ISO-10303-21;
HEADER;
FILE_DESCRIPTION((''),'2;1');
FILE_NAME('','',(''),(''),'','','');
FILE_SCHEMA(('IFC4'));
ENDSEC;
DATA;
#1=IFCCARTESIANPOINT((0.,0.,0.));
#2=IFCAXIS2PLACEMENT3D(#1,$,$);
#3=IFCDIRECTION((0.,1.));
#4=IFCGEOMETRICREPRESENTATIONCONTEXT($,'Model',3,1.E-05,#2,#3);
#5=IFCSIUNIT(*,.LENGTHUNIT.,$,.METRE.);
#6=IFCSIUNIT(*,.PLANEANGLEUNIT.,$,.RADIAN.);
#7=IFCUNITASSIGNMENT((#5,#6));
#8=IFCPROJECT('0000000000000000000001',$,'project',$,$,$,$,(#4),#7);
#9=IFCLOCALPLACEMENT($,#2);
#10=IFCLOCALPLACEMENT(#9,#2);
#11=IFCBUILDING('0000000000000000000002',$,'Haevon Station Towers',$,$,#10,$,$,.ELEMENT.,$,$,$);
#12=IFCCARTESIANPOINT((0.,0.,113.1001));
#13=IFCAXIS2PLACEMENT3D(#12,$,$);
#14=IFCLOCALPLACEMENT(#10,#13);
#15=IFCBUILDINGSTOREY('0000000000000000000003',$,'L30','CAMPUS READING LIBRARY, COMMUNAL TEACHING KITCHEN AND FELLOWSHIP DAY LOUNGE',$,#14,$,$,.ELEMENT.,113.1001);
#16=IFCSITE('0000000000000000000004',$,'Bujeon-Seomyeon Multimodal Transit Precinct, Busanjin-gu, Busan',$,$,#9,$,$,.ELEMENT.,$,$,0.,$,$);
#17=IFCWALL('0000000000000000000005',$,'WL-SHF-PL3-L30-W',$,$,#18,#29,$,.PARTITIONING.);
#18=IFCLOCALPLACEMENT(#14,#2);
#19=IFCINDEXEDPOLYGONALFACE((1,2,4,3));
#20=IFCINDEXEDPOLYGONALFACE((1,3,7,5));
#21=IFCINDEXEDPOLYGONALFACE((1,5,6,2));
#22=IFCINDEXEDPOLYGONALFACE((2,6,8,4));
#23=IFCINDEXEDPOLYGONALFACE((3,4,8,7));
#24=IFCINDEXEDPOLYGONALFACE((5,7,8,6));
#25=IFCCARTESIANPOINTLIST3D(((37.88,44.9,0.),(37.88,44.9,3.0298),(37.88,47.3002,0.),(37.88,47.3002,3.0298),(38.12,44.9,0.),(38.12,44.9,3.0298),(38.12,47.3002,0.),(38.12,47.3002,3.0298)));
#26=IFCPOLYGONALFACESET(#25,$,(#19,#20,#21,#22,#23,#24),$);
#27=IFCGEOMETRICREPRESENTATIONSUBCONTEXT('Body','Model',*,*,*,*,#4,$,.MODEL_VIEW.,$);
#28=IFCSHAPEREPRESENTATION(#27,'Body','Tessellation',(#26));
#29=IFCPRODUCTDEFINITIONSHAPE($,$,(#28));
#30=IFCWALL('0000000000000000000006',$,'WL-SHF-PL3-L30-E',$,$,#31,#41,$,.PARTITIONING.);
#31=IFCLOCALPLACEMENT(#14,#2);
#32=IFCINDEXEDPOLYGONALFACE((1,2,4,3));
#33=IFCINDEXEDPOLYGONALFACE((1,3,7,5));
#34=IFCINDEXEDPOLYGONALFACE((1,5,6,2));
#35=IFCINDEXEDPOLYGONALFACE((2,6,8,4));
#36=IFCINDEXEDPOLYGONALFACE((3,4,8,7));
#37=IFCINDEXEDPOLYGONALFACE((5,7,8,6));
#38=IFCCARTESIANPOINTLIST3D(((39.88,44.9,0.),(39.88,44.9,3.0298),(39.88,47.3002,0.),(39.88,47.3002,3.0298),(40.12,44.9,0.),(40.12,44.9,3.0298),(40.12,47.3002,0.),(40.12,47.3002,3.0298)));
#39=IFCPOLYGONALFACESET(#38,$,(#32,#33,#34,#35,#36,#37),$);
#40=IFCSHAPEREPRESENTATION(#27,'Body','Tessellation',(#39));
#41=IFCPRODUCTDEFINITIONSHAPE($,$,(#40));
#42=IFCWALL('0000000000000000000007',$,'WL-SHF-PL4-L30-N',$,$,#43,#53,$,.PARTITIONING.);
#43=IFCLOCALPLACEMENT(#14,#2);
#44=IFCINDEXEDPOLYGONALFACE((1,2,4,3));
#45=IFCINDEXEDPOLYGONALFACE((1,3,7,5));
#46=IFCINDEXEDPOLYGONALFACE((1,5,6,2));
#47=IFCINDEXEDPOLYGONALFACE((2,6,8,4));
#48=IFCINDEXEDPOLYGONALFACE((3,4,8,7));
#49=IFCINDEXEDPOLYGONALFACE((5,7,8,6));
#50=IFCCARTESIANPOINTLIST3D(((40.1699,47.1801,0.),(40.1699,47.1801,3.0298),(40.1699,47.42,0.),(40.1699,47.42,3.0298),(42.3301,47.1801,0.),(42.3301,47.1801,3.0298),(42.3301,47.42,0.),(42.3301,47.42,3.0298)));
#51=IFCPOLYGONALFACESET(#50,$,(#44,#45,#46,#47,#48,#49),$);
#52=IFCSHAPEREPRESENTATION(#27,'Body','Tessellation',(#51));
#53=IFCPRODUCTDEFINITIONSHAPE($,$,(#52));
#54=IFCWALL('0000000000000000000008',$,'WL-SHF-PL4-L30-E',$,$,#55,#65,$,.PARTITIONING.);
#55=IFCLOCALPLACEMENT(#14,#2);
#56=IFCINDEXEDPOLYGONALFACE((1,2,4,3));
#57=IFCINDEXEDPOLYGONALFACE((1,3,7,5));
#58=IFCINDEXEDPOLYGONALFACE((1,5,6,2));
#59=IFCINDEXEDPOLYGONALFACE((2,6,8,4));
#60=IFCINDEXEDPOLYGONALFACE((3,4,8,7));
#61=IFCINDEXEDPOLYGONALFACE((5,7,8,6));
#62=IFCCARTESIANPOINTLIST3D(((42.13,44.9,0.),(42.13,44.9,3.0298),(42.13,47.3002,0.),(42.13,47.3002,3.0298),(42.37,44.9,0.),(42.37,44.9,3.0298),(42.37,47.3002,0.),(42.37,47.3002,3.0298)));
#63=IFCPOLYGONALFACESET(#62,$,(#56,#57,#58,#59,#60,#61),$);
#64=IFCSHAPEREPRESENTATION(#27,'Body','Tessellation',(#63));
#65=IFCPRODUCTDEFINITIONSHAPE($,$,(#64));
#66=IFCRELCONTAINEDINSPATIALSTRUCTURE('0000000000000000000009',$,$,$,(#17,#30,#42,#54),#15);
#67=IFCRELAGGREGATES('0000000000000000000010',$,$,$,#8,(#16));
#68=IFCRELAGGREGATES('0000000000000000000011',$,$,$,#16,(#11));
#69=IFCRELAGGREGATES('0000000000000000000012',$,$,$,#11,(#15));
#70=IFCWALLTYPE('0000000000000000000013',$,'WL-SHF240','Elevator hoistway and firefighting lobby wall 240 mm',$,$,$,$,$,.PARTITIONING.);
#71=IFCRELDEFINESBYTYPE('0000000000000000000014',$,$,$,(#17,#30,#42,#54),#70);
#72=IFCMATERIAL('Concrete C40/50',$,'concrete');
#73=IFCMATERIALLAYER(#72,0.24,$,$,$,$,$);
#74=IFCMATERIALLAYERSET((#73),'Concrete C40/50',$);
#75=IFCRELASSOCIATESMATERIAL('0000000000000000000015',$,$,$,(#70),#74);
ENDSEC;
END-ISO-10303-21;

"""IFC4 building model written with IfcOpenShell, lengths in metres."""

from ifc_helpers import new_model, si_unit, direction, frame, frame_2d, origin, place, context, subcontext, project, spatial, rectangle, extrude, material, layer, layer_set, type_object, element, save


model = new_model("IFC4")

# Units and contexts
model_context = context("Model", 3, precision=1e-05, world=origin(), true_north=direction((0.0, 1.0)))
body_context = subcontext(model_context, "Body", "Model", "MODEL_VIEW")
ifc_project = project(units=[si_unit("LENGTHUNIT", "METRE"), si_unit("PLANEANGLEUNIT", "RADIAN")], contexts=[model_context])

# Site, building, storey
site_placement = place(None, origin())
site = spatial("IfcSite", under=ifc_project, at=site_placement, Name="Bujeon-Seomyeon Multimodal Transit Precinct, Busanjin-gu, Busan", CompositionType="ELEMENT", RefElevation=0.0)
building_placement = place(site_placement, origin())
building = spatial("IfcBuilding", under=site, at=building_placement, Name="Haevon Station Towers", CompositionType="ELEMENT")
storey_placement = place(building_placement, frame((0.0, 0.0, 113.1001)))
storey = spatial("IfcBuildingStorey", under=building, at=storey_placement, Name="L30", Description="CAMPUS READING LIBRARY, COMMUNAL TEACHING KITCHEN AND FELLOWSHIP DAY LOUNGE", CompositionType="ELEMENT", Elevation=113.1001)

# Shared definitions
ifc_material_1 = material(Name="Concrete C40/50", Category="concrete")
ifc_layer_1 = layer(ifc_material_1, 0.24)
ifc_layer_set_1 = layer_set([ifc_layer_1], Name="Concrete C40/50")
wall_type_1 = type_object("IfcWallType", Name="WL-SHF240", Description="Elevator hoistway and firefighting lobby wall 240 mm", PredefinedType="PARTITIONING", material=ifc_layer_set_1)

# Walls
for number, where, z_axis, x_axis, name in (
    (1, (38.0, 44.8999, 0.0), (0.0, 0.0, 1.0), (0.0, 1.0, 0.0), "WL-SHF-PL3-L30-W"),
    (2, (40.0, 44.8999, 0.0), (0.0, 0.0, 1.0), (0.0, 1.0, 0.0), "WL-SHF-PL3-L30-E"),
):
    element("IfcWall", number, at=place(storey_placement, frame(where, z_axis=z_axis, x_axis=x_axis)), inside=storey, type_object=wall_type_1, Name=name, PredefinedType="PARTITIONING", context=body_context, shape_type="SweptSolid", body=[
        extrude(rectangle(XDim=2.4001, YDim=0.24, at=frame_2d((1.2002, 0.0))), origin(), (0.0, 0.0, 1.0), 3.0298),
    ])

# Walls
wall_1_placement = place(storey_placement, frame((40.1699, 47.3, 0.0), z_axis=(0.0, 0.0, 1.0), x_axis=(1.0, 0.0, 0.0)))
element("IfcWall", 3, at=wall_1_placement, inside=storey, type_object=wall_type_1, Name="WL-SHF-PL4-L30-N", PredefinedType="PARTITIONING", context=body_context, shape_type="SweptSolid", body=[
    extrude(rectangle(XDim=2.1602, YDim=0.24, at=frame_2d((1.0801, 0.0))), origin(), (0.0, 0.0, 1.0), 3.0298),
])
wall_2_placement = place(storey_placement, frame((42.25, 44.8999, 0.0), z_axis=(0.0, 0.0, 1.0), x_axis=(0.0, 1.0, 0.0)))
element("IfcWall", 4, at=wall_2_placement, inside=storey, type_object=wall_type_1, Name="WL-SHF-PL4-L30-E", PredefinedType="PARTITIONING", context=body_context, shape_type="SweptSolid", body=[
    extrude(rectangle(XDim=2.4001, YDim=0.24, at=frame_2d((1.2002, 0.0))), origin(), (0.0, 0.0, 1.0), 3.0298),
])

save(model, "model.ifc")
